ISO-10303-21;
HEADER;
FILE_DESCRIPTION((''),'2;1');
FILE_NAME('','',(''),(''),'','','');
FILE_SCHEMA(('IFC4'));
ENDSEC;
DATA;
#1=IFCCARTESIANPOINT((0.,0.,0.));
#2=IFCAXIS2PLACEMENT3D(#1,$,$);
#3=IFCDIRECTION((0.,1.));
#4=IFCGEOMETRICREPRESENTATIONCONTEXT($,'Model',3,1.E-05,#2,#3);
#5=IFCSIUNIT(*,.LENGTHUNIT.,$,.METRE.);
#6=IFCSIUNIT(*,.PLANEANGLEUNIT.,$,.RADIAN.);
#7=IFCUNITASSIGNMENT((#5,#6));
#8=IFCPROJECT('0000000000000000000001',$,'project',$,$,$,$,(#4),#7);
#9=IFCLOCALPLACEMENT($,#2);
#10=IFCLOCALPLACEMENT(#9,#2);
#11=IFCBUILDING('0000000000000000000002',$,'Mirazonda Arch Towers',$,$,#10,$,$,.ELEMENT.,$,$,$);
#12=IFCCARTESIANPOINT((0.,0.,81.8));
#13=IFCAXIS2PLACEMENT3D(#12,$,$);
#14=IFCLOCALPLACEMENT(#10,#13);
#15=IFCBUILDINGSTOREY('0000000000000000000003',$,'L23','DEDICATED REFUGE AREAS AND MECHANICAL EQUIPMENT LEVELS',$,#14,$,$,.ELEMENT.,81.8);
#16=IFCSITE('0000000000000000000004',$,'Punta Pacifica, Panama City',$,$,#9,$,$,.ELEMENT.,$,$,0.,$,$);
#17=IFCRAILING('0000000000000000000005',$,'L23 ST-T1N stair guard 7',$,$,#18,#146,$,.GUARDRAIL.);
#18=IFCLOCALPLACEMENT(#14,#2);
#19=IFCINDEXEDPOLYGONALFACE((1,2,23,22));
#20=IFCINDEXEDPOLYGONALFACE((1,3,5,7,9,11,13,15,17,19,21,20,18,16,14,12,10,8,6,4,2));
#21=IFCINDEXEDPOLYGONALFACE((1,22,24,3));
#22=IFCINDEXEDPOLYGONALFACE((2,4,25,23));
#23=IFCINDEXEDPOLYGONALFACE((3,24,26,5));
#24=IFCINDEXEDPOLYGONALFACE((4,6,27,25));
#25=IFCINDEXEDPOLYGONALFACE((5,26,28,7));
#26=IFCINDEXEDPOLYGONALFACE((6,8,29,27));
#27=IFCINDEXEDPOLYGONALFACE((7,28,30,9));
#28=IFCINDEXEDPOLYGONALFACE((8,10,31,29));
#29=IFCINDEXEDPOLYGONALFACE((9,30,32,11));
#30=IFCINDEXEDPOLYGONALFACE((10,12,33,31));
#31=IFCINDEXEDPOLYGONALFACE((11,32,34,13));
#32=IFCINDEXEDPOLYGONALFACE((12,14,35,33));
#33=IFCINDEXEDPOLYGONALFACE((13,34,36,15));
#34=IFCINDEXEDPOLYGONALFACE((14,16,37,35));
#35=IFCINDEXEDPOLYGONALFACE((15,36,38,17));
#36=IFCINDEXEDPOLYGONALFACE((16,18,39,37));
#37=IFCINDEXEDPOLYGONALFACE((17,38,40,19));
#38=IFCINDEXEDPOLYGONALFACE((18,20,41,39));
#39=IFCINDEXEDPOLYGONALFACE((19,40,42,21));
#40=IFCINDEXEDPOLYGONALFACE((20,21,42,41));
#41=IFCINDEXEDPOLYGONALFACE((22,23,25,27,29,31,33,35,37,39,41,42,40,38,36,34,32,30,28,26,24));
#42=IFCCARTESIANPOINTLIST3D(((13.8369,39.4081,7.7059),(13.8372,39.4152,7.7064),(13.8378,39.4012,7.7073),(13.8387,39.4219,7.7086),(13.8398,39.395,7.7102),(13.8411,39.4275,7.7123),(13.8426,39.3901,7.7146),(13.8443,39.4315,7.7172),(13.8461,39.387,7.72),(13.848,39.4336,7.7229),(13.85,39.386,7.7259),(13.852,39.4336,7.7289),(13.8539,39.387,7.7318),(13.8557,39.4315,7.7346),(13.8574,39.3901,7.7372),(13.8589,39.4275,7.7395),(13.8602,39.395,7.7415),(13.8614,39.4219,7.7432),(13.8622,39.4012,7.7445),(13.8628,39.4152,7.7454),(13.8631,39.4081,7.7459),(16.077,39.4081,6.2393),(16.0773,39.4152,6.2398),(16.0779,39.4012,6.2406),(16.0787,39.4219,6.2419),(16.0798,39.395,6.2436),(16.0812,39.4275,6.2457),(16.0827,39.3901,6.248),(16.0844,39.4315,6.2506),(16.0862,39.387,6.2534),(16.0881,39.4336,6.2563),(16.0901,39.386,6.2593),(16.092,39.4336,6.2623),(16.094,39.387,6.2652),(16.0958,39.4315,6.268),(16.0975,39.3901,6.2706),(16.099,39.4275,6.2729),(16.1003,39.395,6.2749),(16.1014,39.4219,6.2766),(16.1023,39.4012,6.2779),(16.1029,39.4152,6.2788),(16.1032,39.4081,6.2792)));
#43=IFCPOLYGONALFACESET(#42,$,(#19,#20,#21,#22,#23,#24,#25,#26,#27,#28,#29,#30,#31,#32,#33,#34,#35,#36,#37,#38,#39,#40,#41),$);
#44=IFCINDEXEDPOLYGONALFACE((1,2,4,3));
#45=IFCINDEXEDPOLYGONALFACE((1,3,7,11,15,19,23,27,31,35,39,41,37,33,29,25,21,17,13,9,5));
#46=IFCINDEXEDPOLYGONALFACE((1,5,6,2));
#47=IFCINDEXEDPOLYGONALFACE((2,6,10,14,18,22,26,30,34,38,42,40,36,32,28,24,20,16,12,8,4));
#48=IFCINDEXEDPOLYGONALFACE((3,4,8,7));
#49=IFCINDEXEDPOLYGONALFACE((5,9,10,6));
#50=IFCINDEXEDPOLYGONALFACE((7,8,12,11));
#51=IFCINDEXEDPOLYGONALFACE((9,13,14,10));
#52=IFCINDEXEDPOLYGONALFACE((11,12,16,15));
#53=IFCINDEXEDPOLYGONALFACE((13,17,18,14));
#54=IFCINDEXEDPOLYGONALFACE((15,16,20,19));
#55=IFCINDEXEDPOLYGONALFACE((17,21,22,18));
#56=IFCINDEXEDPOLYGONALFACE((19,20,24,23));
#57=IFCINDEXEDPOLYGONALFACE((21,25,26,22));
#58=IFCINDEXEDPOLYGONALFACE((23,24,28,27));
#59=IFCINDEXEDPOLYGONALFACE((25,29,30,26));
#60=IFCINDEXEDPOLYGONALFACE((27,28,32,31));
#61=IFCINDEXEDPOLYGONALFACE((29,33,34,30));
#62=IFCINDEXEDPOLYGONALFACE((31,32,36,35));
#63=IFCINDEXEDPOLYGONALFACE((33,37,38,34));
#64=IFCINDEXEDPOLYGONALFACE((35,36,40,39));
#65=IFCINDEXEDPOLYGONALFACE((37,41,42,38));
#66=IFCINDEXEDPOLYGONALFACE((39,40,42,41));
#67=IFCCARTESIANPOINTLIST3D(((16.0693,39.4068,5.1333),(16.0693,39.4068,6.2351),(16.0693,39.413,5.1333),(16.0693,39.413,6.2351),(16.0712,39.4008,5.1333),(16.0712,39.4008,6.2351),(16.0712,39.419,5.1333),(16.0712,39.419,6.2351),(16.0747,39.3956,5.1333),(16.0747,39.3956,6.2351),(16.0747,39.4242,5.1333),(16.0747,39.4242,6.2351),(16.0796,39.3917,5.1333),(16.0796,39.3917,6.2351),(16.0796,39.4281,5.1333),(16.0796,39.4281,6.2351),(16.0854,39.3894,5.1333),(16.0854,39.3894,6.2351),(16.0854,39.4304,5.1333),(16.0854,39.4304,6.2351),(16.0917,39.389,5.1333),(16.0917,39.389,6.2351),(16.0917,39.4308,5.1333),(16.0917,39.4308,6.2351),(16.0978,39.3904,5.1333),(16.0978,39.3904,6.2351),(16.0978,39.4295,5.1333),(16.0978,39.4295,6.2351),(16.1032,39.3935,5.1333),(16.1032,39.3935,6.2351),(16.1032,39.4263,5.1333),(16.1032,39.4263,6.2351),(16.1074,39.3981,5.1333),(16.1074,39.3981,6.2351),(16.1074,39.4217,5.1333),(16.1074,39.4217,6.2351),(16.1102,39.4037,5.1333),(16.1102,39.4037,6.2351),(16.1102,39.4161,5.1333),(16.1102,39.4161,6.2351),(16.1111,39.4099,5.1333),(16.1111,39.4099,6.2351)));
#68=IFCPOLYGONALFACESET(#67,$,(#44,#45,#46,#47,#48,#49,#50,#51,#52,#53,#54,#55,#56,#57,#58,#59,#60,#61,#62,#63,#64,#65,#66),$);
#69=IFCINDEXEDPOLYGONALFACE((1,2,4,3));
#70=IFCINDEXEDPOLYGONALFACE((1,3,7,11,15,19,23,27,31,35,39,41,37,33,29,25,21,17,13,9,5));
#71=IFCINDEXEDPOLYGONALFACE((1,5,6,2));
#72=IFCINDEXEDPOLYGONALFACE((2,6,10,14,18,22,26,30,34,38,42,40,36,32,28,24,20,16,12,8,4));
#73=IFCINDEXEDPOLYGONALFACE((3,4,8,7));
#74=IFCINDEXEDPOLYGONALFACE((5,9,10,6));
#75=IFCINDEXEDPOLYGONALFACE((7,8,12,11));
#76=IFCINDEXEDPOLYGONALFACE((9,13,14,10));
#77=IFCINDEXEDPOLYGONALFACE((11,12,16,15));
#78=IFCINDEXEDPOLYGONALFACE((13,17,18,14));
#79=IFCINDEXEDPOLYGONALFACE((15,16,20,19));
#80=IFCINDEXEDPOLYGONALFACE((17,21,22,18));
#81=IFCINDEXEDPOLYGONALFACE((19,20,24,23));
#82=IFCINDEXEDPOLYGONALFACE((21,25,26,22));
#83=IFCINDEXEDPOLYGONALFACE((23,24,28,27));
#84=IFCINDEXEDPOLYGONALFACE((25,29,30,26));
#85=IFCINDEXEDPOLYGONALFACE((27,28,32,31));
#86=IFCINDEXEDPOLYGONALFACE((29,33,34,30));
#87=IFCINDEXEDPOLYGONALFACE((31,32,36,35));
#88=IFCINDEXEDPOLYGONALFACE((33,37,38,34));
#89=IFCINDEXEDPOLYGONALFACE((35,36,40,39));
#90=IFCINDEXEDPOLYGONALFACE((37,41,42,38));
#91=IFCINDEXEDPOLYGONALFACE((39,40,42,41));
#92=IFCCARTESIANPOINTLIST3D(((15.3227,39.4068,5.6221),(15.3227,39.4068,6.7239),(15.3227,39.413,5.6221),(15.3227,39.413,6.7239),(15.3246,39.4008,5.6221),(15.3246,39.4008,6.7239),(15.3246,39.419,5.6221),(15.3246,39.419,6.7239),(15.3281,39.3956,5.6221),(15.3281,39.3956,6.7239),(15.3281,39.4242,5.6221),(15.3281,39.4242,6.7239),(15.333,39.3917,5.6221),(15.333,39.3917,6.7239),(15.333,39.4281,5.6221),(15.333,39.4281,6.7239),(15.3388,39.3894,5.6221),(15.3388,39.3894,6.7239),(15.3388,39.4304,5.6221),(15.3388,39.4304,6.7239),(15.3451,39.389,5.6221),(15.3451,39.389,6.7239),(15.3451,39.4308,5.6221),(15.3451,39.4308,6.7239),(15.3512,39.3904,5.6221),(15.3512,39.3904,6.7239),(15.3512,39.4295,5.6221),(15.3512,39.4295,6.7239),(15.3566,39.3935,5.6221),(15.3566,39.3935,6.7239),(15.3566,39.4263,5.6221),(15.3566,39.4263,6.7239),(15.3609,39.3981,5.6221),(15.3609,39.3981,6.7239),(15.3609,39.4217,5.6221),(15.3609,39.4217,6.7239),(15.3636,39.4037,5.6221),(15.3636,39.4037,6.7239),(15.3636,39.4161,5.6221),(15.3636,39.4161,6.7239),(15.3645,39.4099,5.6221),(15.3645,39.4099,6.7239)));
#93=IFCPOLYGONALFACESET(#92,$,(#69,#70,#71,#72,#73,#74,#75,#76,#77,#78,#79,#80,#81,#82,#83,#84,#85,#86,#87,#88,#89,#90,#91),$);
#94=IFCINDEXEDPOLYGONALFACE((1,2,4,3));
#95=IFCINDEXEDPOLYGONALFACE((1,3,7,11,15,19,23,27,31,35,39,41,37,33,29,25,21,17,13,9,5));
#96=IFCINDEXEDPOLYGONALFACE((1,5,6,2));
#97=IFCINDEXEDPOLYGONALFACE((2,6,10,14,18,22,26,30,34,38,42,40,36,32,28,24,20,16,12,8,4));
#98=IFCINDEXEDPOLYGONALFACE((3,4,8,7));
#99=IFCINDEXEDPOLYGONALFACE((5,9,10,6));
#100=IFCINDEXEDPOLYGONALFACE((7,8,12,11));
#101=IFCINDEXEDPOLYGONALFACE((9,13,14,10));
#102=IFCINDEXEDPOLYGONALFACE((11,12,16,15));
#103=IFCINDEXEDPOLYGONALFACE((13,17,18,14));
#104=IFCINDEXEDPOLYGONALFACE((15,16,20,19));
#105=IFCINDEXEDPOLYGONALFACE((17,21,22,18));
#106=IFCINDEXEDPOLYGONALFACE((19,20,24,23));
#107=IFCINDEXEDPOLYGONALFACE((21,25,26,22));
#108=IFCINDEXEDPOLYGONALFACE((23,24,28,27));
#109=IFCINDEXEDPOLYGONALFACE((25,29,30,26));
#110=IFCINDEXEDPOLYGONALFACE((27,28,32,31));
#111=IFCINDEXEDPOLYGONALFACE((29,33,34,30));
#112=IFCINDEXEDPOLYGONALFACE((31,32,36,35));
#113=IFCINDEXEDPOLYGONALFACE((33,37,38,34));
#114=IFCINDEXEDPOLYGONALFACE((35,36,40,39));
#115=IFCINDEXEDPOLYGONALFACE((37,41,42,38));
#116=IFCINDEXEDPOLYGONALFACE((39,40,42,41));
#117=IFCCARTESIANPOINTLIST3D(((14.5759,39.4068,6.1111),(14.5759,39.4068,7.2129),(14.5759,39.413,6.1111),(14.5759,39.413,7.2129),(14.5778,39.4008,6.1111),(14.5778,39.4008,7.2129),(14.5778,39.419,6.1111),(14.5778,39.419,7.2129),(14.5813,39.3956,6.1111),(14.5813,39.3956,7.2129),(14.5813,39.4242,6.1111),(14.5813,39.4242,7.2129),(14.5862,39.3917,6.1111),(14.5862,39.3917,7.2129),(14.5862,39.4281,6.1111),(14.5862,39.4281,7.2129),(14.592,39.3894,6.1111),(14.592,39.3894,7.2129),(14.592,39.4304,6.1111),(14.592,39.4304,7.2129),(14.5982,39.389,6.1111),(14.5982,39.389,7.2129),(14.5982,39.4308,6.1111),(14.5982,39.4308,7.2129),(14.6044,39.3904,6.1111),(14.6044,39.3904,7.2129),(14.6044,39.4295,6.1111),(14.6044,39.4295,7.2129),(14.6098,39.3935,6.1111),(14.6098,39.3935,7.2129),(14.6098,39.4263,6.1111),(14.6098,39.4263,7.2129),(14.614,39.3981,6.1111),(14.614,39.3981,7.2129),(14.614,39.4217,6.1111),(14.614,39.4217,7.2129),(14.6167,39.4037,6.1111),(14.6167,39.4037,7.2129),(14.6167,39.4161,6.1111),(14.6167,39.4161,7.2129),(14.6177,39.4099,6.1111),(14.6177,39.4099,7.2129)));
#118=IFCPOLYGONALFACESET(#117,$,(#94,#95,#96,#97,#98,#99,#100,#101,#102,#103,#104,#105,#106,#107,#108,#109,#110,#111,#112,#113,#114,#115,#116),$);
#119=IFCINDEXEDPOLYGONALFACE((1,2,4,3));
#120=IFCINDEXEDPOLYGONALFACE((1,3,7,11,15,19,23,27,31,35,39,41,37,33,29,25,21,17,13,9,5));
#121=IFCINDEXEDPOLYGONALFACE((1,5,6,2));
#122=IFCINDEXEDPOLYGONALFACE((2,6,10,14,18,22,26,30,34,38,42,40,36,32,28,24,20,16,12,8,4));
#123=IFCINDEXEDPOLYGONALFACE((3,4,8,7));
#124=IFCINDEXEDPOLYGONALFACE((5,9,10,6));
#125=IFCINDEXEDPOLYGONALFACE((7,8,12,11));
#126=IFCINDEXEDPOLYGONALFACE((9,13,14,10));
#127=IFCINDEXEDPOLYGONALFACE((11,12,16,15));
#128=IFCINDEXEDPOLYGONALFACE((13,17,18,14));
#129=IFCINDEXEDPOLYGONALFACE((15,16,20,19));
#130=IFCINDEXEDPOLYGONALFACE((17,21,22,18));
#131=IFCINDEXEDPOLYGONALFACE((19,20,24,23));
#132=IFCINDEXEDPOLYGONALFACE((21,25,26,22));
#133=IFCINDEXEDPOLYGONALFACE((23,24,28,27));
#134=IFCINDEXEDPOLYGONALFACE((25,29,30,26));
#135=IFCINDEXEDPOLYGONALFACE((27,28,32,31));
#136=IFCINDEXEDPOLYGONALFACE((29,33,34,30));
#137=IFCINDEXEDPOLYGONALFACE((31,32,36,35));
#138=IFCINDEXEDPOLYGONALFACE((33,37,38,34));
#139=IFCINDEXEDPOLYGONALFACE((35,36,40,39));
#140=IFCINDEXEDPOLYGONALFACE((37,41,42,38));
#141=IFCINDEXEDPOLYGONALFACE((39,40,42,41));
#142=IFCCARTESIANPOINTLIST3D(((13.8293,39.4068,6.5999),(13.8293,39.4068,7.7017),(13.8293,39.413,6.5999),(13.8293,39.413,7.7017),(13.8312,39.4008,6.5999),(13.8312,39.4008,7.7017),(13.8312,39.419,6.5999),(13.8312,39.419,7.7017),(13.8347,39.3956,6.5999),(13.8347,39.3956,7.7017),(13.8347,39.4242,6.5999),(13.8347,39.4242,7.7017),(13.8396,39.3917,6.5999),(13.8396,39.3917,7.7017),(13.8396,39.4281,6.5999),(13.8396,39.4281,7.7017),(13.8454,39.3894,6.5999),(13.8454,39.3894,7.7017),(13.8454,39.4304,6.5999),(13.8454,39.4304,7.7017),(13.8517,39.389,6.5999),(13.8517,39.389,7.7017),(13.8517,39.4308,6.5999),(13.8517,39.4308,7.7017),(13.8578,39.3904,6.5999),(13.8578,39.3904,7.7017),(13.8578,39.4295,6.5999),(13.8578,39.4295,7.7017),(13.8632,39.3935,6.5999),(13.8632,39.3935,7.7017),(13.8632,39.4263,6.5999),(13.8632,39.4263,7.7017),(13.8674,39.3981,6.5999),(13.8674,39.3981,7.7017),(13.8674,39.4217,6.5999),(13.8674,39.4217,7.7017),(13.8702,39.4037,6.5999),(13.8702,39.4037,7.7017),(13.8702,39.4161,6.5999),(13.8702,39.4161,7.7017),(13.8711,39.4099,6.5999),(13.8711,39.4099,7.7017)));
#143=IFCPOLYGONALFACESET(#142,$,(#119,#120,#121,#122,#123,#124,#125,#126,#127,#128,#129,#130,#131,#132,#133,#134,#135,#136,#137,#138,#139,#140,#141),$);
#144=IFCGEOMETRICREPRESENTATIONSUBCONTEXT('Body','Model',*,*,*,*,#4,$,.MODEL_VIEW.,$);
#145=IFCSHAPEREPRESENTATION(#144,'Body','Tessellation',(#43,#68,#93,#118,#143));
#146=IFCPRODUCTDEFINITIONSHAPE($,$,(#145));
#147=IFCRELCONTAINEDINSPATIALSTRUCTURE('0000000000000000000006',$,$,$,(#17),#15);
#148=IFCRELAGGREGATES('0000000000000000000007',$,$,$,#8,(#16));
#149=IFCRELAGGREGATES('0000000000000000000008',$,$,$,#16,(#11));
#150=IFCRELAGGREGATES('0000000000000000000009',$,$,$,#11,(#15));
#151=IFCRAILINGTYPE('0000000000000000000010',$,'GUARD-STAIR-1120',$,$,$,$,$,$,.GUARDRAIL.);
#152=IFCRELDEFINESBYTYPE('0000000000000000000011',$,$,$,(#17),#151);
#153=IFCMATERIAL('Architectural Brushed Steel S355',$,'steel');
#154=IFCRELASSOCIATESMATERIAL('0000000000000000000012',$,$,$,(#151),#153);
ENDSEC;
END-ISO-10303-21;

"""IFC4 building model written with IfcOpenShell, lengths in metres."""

from ifc_helpers import new_model, si_unit, direction, frame, origin, origin_2d, place, context, subcontext, project, spatial, circle, extrude, material, type_object, element, save


model = new_model("IFC4")

# Units and contexts
model_context = context("Model", 3, precision=1e-05, world=origin(), true_north=direction((0.0, 1.0)))
body_context = subcontext(model_context, "Body", "Model", "MODEL_VIEW")
ifc_project = project(units=[si_unit("LENGTHUNIT", "METRE"), si_unit("PLANEANGLEUNIT", "RADIAN")], contexts=[model_context])

# Site, building, storey
site_placement = place(None, origin())
site = spatial("IfcSite", under=ifc_project, at=site_placement, Name="Punta Pacifica, Panama City", CompositionType="ELEMENT", RefElevation=0.0)
building_placement = place(site_placement, origin())
building = spatial("IfcBuilding", under=site, at=building_placement, Name="Mirazonda Arch Towers", CompositionType="ELEMENT")
storey_placement = place(building_placement, frame((0.0, 0.0, 81.8)))
storey = spatial("IfcBuildingStorey", under=building, at=storey_placement, Name="L23", Description="DEDICATED REFUGE AREAS AND MECHANICAL EQUIPMENT LEVELS", CompositionType="ELEMENT", Elevation=81.8)

# Railing
ifc_material_1 = material(Name="Architectural Brushed Steel S355", Category="steel")
railing_type_1 = type_object("IfcRailingType", Name="GUARD-STAIR-1120", PredefinedType="GUARDRAIL", material=ifc_material_1)
railing_1_placement = place(storey_placement, frame((16.0901, 39.4099, 5.1333)))
element("IfcRailing", 1, at=railing_1_placement, inside=storey, type_object=railing_type_1, Name="L23 ST-T1N stair guard 7", PredefinedType="GUARDRAIL", context=body_context, shape_type="SweptSolid", body=[
    extrude(circle(Radius=0.0239, at=origin_2d()), frame((0.0, 0.0, 1.126), z_axis=(-0.836637, 0.0, 0.547758), x_axis=(0.0, -1.0, 0.0)), (0.0, 0.0, 1.0), 2.6775),
    extrude(circle(Radius=0.021, at=origin_2d()), origin(), (0.0, 0.0, 1.0), 1.1018),
    extrude(circle(Radius=0.021, at=origin_2d()), frame((-0.7466, 0.0, 0.4888)), (0.0, 0.0, 1.0), 1.1018),
    extrude(circle(Radius=0.021, at=origin_2d()), frame((-1.4934, 0.0, 0.9778)), (0.0, 0.0, 1.0), 1.1018),
    extrude(circle(Radius=0.021, at=origin_2d()), frame((-2.24, 0.0, 1.4666)), (0.0, 0.0, 1.0), 1.1018),
])

save(model, "model.ifc")
